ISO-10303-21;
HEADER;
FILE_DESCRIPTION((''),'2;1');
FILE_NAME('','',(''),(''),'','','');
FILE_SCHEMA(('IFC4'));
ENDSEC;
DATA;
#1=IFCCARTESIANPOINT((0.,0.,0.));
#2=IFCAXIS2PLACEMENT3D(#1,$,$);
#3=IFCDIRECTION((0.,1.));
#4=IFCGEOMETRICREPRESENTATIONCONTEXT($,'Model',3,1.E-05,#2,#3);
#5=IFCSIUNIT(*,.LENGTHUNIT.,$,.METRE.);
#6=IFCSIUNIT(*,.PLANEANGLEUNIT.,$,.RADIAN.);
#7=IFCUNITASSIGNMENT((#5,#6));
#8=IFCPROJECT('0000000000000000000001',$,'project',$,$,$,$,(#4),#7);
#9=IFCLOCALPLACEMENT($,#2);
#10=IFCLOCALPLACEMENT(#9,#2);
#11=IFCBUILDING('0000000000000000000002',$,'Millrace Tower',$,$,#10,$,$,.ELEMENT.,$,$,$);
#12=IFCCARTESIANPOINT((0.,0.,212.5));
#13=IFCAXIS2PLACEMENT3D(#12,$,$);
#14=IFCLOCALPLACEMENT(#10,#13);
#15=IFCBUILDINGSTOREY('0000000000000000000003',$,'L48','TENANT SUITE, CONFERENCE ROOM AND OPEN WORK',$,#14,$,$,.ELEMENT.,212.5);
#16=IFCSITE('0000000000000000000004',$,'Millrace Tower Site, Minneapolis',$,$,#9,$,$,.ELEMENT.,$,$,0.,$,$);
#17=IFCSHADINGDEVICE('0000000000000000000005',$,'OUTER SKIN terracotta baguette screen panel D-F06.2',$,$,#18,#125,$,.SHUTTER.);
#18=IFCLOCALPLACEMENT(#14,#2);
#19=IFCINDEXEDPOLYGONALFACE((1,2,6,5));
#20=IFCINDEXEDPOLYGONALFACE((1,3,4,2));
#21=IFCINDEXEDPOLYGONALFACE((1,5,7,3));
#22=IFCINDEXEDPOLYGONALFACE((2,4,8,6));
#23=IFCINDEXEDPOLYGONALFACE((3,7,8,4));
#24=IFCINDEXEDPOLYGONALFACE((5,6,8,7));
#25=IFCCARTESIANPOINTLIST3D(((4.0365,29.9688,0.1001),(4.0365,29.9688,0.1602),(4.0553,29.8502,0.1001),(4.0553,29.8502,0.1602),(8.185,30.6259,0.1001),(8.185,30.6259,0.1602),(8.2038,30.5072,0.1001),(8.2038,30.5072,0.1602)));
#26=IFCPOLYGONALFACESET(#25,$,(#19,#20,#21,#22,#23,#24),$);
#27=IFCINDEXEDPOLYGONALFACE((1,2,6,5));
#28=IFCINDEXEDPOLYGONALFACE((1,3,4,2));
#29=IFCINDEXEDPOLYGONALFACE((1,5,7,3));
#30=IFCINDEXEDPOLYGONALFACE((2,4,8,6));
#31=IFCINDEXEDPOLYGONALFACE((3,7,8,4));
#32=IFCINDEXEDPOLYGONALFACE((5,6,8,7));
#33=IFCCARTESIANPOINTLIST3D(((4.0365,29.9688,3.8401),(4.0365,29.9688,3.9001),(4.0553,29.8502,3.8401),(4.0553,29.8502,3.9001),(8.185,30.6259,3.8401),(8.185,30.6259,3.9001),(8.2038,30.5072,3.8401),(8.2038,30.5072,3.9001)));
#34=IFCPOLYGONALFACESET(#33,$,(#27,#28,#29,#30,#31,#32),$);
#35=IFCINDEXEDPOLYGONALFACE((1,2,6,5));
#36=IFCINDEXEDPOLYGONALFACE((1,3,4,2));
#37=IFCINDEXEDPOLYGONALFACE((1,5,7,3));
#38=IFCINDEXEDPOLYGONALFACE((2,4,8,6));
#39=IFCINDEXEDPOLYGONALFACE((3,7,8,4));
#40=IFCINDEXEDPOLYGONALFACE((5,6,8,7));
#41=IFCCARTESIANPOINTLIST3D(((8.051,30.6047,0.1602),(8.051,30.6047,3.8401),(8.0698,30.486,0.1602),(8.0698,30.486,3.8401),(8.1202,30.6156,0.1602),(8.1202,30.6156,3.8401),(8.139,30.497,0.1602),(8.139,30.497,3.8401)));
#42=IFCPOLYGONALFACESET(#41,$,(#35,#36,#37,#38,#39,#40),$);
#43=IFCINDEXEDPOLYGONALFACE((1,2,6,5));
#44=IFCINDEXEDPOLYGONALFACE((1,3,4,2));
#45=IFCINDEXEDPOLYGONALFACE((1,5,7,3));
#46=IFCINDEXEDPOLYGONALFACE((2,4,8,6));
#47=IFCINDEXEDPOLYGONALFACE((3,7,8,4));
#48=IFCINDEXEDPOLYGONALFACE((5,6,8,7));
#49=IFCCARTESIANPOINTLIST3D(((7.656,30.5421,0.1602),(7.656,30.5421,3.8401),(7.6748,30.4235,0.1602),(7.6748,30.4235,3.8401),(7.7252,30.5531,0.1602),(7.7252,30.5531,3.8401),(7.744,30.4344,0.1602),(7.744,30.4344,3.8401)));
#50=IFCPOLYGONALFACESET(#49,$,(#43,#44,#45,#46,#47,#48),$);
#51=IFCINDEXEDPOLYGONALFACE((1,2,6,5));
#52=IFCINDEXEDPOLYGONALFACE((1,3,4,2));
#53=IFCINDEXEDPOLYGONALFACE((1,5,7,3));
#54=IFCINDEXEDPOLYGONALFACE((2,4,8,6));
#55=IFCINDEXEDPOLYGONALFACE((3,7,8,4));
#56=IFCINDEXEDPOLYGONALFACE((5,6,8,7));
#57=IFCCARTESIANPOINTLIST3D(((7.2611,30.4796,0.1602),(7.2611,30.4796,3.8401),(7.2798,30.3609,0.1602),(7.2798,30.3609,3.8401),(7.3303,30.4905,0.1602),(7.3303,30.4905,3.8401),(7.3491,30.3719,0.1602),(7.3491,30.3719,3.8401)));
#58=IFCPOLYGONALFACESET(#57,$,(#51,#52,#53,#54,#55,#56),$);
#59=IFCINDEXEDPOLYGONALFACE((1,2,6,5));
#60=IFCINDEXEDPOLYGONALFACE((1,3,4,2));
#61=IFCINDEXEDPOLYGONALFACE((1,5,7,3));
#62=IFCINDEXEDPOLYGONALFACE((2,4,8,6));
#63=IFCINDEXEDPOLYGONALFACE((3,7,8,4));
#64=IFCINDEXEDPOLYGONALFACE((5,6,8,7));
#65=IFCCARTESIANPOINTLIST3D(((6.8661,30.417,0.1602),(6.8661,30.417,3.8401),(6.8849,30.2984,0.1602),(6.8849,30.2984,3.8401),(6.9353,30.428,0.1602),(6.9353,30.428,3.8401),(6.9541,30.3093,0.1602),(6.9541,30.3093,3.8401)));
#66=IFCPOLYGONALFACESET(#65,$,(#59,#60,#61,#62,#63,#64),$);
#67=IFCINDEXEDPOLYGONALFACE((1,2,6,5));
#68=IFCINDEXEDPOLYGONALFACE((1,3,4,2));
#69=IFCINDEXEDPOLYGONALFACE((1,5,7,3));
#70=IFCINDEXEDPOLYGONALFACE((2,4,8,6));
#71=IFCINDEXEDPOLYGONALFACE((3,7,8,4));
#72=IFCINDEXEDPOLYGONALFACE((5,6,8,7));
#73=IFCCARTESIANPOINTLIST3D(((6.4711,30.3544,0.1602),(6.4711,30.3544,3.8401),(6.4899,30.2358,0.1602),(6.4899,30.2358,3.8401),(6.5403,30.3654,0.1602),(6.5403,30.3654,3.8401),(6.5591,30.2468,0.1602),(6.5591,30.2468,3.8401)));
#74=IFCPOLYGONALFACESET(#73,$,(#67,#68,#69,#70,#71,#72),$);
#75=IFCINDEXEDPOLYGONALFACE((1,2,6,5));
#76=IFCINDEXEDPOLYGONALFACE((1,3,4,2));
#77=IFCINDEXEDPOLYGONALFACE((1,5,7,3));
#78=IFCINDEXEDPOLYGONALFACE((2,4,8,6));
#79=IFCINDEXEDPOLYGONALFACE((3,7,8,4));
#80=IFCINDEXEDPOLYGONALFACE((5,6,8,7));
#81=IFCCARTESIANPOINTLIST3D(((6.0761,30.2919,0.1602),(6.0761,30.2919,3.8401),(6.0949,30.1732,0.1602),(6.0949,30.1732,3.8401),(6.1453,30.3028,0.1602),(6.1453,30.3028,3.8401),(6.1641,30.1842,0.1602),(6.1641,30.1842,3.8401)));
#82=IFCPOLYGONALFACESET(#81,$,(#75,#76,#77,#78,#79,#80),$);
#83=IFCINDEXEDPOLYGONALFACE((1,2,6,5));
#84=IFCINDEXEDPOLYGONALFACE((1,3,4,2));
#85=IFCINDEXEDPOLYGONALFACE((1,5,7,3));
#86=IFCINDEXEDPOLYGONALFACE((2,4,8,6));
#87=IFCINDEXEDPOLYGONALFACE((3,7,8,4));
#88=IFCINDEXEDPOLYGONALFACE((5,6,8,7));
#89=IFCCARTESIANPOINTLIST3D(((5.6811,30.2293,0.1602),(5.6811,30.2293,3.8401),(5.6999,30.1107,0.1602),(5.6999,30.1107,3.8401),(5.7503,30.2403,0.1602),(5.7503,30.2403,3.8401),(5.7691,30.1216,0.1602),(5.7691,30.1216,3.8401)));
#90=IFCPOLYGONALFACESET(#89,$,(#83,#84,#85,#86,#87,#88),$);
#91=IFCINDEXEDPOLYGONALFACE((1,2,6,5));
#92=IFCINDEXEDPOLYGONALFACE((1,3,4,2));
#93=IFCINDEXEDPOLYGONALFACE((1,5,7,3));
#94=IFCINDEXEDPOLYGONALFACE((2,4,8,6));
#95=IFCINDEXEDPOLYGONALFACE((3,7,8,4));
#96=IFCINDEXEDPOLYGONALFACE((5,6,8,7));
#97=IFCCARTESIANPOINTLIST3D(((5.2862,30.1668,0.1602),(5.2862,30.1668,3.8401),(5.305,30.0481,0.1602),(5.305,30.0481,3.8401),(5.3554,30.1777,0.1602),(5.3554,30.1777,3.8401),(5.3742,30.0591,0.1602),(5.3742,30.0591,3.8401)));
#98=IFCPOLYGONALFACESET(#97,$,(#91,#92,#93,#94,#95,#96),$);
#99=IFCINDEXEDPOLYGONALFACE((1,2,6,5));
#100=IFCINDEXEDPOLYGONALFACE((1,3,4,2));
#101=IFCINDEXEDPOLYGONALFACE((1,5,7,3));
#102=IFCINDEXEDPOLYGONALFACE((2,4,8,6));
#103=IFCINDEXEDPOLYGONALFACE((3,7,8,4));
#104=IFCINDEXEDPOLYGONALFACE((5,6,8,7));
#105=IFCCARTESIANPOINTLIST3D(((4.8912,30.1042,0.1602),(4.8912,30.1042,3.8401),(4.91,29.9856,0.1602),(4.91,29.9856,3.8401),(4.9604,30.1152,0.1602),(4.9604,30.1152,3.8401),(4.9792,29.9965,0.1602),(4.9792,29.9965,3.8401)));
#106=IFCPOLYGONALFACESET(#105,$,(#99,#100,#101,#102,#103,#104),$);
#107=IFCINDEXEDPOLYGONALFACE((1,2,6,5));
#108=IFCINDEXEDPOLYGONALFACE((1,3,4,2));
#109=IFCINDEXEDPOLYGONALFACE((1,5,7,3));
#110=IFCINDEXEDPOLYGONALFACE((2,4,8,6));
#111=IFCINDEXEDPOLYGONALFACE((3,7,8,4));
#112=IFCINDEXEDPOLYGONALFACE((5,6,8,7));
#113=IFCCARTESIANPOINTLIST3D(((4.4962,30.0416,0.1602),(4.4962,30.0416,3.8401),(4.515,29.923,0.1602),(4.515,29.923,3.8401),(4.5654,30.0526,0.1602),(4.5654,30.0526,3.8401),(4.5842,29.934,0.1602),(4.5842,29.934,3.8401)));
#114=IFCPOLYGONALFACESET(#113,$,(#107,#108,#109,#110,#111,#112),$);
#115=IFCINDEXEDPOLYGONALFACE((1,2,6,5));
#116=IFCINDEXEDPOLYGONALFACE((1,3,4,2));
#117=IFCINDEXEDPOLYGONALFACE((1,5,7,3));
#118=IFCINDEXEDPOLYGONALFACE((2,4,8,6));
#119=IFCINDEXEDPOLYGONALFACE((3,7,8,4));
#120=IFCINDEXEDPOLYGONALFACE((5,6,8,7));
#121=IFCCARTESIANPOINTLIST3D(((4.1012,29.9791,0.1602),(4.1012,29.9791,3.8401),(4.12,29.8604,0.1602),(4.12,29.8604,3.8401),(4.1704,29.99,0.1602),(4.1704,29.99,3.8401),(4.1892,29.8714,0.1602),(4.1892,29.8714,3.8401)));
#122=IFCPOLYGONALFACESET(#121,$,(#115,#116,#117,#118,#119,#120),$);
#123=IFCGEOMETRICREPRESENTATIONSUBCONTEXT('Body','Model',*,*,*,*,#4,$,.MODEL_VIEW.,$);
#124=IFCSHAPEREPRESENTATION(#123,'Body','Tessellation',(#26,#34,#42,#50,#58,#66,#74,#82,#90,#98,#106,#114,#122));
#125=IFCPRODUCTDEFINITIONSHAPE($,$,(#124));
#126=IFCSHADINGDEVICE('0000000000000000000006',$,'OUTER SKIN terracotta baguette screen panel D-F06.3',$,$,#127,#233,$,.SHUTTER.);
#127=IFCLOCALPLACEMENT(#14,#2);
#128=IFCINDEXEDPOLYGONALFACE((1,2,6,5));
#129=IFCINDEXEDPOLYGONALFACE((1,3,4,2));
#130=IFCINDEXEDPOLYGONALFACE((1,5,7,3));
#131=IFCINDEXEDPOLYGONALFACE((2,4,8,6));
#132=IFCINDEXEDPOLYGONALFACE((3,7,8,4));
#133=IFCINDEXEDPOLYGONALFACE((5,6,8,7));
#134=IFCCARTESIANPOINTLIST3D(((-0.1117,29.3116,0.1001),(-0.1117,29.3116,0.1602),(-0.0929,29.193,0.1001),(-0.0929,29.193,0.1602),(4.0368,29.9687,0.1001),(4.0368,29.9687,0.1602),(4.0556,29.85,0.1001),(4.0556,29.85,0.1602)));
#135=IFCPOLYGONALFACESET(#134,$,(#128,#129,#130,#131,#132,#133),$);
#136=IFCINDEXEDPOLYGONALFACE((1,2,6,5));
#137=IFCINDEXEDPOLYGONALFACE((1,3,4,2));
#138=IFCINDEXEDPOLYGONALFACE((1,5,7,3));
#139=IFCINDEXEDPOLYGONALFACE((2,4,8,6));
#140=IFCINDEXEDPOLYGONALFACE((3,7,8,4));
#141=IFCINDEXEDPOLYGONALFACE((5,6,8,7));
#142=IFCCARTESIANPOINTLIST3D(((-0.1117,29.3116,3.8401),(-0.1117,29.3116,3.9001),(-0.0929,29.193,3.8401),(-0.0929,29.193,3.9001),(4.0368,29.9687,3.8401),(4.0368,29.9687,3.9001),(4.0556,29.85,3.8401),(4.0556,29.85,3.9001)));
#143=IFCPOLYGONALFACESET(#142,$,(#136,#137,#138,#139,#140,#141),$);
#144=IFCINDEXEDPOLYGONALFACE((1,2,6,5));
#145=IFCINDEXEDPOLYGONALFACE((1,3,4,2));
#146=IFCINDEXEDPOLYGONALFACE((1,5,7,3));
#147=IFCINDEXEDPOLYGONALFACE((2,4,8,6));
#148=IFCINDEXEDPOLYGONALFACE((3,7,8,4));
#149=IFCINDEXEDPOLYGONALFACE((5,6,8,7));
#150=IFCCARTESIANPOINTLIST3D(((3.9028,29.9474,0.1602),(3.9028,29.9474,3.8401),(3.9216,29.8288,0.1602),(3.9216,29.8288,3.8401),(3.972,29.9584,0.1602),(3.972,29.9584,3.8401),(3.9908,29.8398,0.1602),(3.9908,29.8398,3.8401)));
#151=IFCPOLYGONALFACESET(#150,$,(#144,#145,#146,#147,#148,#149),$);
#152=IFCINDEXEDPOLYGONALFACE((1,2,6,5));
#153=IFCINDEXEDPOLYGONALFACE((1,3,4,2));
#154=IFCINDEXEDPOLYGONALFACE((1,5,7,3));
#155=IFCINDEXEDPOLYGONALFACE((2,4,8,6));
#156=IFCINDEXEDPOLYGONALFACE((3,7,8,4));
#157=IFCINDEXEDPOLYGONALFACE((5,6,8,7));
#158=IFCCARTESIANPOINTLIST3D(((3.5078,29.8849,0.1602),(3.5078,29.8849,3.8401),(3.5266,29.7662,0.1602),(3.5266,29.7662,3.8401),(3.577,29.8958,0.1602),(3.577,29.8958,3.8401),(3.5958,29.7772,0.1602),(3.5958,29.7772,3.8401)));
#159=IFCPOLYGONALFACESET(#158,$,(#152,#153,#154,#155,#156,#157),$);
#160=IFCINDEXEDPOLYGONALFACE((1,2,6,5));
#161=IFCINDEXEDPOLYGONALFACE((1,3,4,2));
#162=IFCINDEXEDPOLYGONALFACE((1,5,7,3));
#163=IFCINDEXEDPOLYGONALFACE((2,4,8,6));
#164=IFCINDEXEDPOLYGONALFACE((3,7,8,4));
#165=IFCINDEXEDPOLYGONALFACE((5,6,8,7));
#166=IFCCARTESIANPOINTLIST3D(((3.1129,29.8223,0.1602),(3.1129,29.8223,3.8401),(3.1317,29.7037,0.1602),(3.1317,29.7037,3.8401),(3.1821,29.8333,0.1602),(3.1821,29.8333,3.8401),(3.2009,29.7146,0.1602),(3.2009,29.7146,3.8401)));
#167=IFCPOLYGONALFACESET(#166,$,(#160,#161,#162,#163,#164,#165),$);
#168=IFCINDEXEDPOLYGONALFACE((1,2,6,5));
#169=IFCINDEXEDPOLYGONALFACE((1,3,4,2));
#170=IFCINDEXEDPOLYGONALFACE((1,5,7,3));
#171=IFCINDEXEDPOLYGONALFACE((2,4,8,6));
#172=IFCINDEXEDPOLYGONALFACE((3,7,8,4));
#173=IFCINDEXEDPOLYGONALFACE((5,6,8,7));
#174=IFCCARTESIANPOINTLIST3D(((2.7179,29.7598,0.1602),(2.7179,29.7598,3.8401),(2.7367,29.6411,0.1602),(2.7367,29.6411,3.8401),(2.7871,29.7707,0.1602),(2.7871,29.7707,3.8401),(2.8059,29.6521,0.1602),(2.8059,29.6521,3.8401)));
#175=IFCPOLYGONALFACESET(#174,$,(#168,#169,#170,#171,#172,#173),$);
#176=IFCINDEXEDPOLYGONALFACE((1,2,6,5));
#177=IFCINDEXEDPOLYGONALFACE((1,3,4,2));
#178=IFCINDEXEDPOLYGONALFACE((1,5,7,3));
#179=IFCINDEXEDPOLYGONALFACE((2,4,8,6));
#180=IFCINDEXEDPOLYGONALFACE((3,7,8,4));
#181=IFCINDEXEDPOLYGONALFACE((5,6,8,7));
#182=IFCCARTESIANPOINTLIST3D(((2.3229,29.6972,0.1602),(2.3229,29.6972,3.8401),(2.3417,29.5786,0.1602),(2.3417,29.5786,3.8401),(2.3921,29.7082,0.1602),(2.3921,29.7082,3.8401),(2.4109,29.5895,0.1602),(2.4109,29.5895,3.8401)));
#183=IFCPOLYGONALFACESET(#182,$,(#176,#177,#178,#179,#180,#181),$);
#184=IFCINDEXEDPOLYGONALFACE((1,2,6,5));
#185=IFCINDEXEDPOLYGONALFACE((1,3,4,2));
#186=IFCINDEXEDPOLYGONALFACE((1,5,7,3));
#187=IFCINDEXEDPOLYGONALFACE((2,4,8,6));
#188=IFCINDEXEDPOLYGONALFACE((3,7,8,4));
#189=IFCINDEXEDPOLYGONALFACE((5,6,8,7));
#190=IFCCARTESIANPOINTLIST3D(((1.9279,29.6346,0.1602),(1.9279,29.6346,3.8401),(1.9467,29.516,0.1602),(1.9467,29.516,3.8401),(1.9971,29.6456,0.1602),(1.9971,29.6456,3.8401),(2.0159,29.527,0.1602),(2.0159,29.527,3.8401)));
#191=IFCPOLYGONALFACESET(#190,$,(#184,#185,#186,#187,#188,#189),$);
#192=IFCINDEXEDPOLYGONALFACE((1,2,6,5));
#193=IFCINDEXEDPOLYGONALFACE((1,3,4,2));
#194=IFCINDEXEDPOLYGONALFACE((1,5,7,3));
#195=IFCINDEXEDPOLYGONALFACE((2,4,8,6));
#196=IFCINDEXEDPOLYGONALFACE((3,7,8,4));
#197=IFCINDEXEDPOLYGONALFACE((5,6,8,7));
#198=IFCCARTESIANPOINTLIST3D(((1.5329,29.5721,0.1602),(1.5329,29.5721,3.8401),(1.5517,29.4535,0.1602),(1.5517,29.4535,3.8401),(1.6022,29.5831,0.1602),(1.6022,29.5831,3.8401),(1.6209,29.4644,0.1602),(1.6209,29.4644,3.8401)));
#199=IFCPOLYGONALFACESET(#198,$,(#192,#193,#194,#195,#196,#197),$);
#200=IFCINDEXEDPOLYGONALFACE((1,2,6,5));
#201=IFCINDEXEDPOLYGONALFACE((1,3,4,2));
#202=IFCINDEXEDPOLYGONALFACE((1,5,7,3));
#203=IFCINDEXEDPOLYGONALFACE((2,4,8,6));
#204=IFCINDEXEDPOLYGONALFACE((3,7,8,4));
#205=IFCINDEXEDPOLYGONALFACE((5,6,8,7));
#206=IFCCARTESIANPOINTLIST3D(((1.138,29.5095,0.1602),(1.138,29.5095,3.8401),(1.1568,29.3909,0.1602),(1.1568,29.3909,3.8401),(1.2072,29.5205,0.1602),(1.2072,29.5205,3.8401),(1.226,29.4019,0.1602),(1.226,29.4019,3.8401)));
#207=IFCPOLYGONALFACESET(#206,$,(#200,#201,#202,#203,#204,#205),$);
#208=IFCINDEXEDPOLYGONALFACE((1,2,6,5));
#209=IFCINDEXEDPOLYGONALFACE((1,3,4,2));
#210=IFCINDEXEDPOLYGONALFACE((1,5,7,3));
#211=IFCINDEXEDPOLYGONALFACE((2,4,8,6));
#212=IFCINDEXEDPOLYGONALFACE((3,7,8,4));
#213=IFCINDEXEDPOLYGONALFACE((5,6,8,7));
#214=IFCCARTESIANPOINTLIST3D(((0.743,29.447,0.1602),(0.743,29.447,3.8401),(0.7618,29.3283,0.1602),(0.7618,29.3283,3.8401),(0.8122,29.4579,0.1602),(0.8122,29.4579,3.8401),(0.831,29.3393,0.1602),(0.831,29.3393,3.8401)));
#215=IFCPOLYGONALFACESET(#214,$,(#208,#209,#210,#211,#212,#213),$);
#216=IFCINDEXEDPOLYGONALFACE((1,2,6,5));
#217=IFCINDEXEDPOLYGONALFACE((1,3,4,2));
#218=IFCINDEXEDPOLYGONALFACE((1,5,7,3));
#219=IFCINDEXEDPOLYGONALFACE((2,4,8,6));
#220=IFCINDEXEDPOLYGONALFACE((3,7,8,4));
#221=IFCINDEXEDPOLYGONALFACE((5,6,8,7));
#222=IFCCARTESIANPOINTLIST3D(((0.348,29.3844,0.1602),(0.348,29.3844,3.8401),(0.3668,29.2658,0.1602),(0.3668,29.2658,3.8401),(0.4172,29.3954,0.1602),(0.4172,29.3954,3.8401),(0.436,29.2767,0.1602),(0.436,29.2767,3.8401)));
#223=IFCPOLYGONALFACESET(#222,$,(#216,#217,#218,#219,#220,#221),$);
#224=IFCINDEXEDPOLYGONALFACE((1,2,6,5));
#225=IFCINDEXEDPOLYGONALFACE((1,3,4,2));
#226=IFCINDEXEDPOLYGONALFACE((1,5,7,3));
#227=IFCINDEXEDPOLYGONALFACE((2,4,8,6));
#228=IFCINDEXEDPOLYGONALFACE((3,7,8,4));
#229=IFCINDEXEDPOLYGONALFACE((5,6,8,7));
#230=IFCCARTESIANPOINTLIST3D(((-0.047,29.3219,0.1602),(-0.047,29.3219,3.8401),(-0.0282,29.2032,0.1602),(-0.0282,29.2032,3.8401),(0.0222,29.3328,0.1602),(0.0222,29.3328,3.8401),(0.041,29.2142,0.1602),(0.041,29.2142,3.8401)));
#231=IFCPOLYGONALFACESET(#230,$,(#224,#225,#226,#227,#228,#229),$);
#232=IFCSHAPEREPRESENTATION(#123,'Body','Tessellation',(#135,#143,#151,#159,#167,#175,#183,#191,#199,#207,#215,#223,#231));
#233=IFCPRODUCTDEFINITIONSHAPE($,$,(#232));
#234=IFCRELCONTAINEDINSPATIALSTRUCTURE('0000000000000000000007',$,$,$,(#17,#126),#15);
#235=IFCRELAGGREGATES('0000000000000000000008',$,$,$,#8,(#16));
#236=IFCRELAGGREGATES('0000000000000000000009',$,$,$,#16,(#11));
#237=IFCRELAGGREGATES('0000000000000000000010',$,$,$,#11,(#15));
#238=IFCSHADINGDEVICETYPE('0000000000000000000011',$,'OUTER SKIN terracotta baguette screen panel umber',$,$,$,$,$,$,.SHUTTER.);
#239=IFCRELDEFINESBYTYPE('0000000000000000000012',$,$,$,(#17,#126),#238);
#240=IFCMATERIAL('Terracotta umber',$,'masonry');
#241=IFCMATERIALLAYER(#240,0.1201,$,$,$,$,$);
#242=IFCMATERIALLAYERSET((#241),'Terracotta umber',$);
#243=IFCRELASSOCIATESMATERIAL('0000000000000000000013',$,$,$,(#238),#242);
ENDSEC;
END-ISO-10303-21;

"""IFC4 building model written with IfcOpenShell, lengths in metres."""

from ifc_helpers import new_model, entity, si_unit, direction, frame, frame_2d, origin, origin_2d, place, context, subcontext, project, spatial, rectangle, extrude, source, transform, mapped, material, layer, layer_set, type_object, element, save


model = new_model("IFC4")

# Units and contexts
model_context = context("Model", 3, precision=1e-05, world=origin(), true_north=direction((0.0, 1.0)))
body_context = subcontext(model_context, "Body", "Model", "MODEL_VIEW")
ifc_project = project(units=[si_unit("LENGTHUNIT", "METRE"), si_unit("PLANEANGLEUNIT", "RADIAN")], contexts=[model_context])

# Site, building, storey
site_placement = place(None, origin())
site = spatial("IfcSite", under=ifc_project, at=site_placement, Name="Millrace Tower Site, Minneapolis", CompositionType="ELEMENT", RefElevation=0.0)
building_placement = place(site_placement, origin())
building = spatial("IfcBuilding", under=site, at=building_placement, Name="Millrace Tower", CompositionType="ELEMENT")
storey_placement = place(building_placement, frame((0.0, 0.0, 212.5)))
storey = spatial("IfcBuildingStorey", under=building, at=storey_placement, Name="L48", Description="TENANT SUITE, CONFERENCE ROOM AND OPEN WORK", CompositionType="ELEMENT", Elevation=212.5)

# Shading devices
ifc_material_1 = material(Name="Terracotta umber", Category="masonry")
ifc_layer_1 = layer(ifc_material_1, 0.1201)
ifc_layer_set_1 = layer_set([ifc_layer_1], Name="Terracotta umber")
shading_device_type = type_object("IfcShadingDeviceType", Name="OUTER SKIN terracotta baguette screen panel umber", PredefinedType="SHUTTER", material=ifc_layer_set_1)
cartesian_point_1 = entity("IfcCartesianPoint", [-2.1001, 0.0601])
shared_polyline_1 = entity("IfcPolyline", [cartesian_point_1, entity("IfcCartesianPoint", [2.1001, 0.0601]), entity("IfcCartesianPoint", [2.1001, -0.0601]), entity("IfcCartesianPoint", [-2.1001, -0.0601]), cartesian_point_1])
shared_shape_1 = source(origin(), body_context, "Body", "SweptSolid", [
    entity("IfcExtrudedAreaSolid", entity("IfcArbitraryClosedProfileDef", "AREA", None, shared_polyline_1), entity("IfcAxis2Placement3D", entity("IfcCartesianPoint", [0.0, 0.0, 0.0])), entity("IfcDirection", [0.0, 0.0, 1.0]), 0.0601),
    entity("IfcExtrudedAreaSolid", entity("IfcArbitraryClosedProfileDef", "AREA", None, shared_polyline_1), entity("IfcAxis2Placement3D", entity("IfcCartesianPoint", [0.0, 0.0, 3.74])), entity("IfcDirection", [0.0, 0.0, 1.0]), 0.0601),
    extrude(rectangle(XDim=0.0701, YDim=0.1201, at=frame_2d((-1.9995, 0.0))), frame((0.0, 0.0, 0.0601)), (0.0, 0.0, 1.0), 3.6799),
    extrude(rectangle(XDim=0.0701, YDim=0.1201, at=frame_2d((-1.5996, 0.0))), frame((0.0, 0.0, 0.0601)), (0.0, 0.0, 1.0), 3.6799),
    extrude(rectangle(XDim=0.0701, YDim=0.1201, at=frame_2d((-1.1997, 0.0))), frame((0.0, 0.0, 0.0601)), (0.0, 0.0, 1.0), 3.6799),
    extrude(rectangle(XDim=0.0701, YDim=0.1201, at=frame_2d((-0.7998, 0.0))), frame((0.0, 0.0, 0.0601)), (0.0, 0.0, 1.0), 3.6799),
    extrude(rectangle(XDim=0.0701, YDim=0.1201, at=frame_2d((-0.3999, 0.0))), frame((0.0, 0.0, 0.0601)), (0.0, 0.0, 1.0), 3.6799),
    extrude(rectangle(XDim=0.0701, YDim=0.1201, at=origin_2d()), frame((0.0, 0.0, 0.0601)), (0.0, 0.0, 1.0), 3.6799),
    extrude(rectangle(XDim=0.0701, YDim=0.1201, at=frame_2d((0.3999, 0.0))), frame((0.0, 0.0, 0.0601)), (0.0, 0.0, 1.0), 3.6799),
    extrude(rectangle(XDim=0.0701, YDim=0.1201, at=frame_2d((0.7998, 0.0))), frame((0.0, 0.0, 0.0601)), (0.0, 0.0, 1.0), 3.6799),
    extrude(rectangle(XDim=0.0701, YDim=0.1201, at=frame_2d((1.1997, 0.0))), frame((0.0, 0.0, 0.0601)), (0.0, 0.0, 1.0), 3.6799),
    extrude(rectangle(XDim=0.0701, YDim=0.1201, at=frame_2d((1.5996, 0.0))), frame((0.0, 0.0, 0.0601)), (0.0, 0.0, 1.0), 3.6799),
    extrude(rectangle(XDim=0.0701, YDim=0.1201, at=frame_2d((1.9995, 0.0))), frame((0.0, 0.0, 0.0601)), (0.0, 0.0, 1.0), 3.6799),
])
for number, where, z_axis, x_axis, name in (
    (1, (6.1201, 30.238, 0.1001), (0.0, 0.0, 1.0), (-0.987688, -0.156434, 0.0), "OUTER SKIN terracotta baguette screen panel D-F06.2"),
    (2, (1.9719, 29.5808, 0.1001), (0.0, 0.0, 1.0), (-0.987688, -0.156434, 0.0), "OUTER SKIN terracotta baguette screen panel D-F06.3"),
):
    element("IfcShadingDevice", number, at=place(storey_placement, frame(where, z_axis=z_axis, x_axis=x_axis)), inside=storey, type_object=shading_device_type, Name=name, PredefinedType="SHUTTER", context=body_context, shape_type="MappedRepresentation", body=[
        mapped(shared_shape_1, transform((0.0, 0.0, 0.0), scale=1.0)),
    ])

save(model, "model.ifc")
